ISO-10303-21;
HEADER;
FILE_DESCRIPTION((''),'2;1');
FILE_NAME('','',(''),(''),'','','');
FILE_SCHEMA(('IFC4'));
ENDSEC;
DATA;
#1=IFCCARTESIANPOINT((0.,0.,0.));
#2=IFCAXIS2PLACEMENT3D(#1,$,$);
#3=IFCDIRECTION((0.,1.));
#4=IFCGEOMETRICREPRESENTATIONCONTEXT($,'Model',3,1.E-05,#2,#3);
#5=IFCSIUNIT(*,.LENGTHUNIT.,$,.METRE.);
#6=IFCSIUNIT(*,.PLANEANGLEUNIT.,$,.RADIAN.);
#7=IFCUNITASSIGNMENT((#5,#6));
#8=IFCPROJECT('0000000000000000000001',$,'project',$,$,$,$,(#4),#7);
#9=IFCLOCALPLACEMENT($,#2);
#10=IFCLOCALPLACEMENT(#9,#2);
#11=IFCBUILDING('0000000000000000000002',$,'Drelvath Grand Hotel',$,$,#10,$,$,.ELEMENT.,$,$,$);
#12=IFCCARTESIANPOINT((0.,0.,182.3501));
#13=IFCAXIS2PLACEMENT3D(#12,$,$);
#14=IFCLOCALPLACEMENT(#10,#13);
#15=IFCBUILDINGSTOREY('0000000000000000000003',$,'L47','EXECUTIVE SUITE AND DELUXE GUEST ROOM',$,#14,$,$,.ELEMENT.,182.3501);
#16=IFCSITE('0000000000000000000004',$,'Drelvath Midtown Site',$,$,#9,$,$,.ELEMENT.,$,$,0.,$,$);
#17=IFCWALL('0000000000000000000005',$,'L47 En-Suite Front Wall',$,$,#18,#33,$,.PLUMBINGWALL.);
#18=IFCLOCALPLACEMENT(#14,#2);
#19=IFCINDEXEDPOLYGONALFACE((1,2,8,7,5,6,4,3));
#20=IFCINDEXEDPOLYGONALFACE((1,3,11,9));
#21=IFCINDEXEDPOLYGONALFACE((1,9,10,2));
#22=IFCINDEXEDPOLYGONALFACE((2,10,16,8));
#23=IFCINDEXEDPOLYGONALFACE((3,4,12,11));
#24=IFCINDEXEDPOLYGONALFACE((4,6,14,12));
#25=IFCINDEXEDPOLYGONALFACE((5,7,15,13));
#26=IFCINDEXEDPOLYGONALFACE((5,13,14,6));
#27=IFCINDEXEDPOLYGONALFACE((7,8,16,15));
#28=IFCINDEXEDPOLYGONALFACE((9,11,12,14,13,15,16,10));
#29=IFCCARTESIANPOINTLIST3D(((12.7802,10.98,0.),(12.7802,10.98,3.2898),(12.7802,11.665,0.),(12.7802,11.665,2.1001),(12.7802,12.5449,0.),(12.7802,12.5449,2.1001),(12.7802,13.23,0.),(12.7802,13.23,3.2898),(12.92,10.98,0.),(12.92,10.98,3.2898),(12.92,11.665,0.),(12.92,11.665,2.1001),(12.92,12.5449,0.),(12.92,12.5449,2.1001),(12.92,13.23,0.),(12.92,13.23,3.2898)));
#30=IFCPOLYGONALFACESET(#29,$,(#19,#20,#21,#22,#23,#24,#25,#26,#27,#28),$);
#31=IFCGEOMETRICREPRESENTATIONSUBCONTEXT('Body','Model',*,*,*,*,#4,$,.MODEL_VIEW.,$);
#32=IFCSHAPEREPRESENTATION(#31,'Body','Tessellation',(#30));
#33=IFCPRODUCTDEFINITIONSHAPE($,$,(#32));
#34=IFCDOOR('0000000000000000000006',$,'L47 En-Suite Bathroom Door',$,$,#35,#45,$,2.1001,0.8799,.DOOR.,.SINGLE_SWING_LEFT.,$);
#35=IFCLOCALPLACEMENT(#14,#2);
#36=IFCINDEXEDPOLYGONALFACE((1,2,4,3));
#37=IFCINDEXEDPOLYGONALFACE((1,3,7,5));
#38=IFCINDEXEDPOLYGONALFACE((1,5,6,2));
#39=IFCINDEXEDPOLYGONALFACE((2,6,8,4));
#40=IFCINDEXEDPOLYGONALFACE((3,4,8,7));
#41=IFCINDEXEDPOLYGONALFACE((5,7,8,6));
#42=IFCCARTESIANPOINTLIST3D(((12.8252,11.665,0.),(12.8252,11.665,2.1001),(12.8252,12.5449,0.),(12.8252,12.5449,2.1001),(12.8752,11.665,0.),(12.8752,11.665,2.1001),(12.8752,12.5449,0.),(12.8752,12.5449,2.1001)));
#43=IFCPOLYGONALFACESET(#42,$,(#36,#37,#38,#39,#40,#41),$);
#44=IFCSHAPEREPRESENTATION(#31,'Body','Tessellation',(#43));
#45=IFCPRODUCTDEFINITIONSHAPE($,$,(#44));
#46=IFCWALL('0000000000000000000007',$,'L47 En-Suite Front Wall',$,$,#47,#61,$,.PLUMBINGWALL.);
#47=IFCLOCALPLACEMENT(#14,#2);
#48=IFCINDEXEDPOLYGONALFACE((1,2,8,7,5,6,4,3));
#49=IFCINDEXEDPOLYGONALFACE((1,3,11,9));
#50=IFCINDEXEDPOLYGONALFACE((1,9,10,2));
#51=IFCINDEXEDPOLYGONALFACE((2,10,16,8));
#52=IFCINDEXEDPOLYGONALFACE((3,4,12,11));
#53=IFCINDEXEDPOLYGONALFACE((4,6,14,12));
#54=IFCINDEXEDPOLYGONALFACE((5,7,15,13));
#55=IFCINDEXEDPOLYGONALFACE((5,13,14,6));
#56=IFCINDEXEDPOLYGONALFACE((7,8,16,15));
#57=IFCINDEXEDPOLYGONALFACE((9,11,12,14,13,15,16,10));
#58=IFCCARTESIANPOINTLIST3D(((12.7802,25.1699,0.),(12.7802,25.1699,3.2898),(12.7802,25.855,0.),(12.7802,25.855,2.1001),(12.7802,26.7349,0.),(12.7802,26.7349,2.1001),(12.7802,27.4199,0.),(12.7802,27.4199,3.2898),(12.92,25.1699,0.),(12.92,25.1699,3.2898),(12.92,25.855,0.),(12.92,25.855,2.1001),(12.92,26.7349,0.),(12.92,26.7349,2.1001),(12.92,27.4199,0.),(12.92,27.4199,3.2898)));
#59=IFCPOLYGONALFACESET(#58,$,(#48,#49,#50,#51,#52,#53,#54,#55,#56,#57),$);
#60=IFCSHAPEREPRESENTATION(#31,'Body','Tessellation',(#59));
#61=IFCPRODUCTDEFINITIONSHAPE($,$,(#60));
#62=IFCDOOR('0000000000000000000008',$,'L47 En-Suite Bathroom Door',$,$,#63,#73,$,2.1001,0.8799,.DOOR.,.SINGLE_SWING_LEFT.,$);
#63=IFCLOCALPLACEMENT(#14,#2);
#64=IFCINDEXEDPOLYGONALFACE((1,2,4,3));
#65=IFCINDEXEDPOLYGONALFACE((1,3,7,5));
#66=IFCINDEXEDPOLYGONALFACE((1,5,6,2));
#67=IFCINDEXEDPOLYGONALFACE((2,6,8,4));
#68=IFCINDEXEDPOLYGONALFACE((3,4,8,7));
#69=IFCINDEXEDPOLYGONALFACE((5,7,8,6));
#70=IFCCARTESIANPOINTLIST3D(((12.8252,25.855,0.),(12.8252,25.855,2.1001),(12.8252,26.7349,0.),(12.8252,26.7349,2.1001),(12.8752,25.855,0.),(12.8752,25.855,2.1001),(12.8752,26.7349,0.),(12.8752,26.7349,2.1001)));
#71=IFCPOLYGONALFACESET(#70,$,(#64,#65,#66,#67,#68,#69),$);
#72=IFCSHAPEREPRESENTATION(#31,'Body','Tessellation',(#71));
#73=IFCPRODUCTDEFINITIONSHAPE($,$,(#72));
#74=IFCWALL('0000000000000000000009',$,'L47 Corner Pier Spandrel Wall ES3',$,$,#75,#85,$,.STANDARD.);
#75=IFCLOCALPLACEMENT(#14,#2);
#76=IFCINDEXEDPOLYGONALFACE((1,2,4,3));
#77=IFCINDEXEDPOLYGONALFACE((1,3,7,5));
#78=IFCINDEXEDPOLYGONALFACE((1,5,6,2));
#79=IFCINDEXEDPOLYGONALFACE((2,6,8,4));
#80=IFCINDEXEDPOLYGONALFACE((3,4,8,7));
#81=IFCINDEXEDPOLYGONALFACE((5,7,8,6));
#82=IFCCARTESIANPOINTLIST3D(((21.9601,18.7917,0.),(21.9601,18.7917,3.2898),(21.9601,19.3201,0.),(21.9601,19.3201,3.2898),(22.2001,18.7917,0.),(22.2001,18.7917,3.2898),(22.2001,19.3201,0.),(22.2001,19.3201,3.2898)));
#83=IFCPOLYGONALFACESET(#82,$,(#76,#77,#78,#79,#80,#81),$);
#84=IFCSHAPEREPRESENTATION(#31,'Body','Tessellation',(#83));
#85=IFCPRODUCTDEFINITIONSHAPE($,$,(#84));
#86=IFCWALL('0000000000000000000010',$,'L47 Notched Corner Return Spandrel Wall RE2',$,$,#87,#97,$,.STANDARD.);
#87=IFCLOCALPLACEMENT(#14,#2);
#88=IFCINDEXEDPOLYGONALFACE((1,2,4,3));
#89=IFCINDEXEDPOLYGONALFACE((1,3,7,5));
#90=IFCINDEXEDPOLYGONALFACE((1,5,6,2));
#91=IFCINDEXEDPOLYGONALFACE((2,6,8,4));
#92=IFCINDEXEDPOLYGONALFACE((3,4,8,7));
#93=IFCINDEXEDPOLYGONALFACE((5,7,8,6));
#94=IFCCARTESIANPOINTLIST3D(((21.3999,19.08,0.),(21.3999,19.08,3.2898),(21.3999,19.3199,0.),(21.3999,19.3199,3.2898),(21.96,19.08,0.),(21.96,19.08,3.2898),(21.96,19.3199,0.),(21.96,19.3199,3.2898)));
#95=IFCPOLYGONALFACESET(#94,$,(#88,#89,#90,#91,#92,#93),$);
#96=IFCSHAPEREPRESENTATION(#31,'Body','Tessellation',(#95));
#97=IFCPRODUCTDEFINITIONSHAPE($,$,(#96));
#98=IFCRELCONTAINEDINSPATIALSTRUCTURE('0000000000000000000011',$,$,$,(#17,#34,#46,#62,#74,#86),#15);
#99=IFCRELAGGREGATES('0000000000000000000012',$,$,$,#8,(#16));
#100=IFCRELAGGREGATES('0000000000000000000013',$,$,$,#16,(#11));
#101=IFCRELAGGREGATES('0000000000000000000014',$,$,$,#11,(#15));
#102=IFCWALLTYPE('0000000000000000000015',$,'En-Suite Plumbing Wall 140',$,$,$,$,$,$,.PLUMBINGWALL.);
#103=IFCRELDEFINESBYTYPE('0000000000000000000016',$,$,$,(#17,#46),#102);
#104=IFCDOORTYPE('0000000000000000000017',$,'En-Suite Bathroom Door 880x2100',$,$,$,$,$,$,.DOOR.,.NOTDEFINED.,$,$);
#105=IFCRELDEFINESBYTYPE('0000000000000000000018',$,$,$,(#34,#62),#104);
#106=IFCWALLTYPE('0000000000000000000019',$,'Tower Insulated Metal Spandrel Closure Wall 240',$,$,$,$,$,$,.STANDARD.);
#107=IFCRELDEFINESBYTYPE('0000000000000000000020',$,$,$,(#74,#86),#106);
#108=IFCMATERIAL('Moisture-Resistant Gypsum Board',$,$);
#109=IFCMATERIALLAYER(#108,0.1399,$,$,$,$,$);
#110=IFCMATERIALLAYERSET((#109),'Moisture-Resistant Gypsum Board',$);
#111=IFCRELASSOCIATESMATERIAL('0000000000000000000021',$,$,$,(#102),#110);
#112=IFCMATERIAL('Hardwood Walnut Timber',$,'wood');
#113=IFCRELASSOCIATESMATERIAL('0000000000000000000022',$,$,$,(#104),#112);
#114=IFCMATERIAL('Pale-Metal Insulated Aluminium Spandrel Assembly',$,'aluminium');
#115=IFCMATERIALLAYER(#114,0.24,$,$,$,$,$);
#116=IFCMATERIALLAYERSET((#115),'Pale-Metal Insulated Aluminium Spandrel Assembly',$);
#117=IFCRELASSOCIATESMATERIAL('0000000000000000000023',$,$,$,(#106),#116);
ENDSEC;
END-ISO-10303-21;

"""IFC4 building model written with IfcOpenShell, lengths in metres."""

from ifc_helpers import new_model, si_unit, direction, frame, frame_2d, origin, place, context, subcontext, project, spatial, rectangle, extrude, material, layer, layer_set, type_object, element, fill, save


model = new_model("IFC4")

# Units and contexts
model_context = context("Model", 3, precision=1e-05, world=origin(), true_north=direction((0.0, 1.0)))
body_context = subcontext(model_context, "Body", "Model", "MODEL_VIEW")
ifc_project = project(units=[si_unit("LENGTHUNIT", "METRE"), si_unit("PLANEANGLEUNIT", "RADIAN")], contexts=[model_context])

# Site, building, storey
site_placement = place(None, origin())
site = spatial("IfcSite", under=ifc_project, at=site_placement, Name="Drelvath Midtown Site", CompositionType="ELEMENT", RefElevation=0.0)
building_placement = place(site_placement, origin())
building = spatial("IfcBuilding", under=site, at=building_placement, Name="Drelvath Grand Hotel", CompositionType="ELEMENT")
storey_placement = place(building_placement, frame((0.0, 0.0, 182.3501)))
storey = spatial("IfcBuildingStorey", under=building, at=storey_placement, Name="L47", Description="EXECUTIVE SUITE AND DELUXE GUEST ROOM", CompositionType="ELEMENT", Elevation=182.3501)

# Walls, openings, doors
ifc_material_1 = material(Name="Moisture-Resistant Gypsum Board")
ifc_layer_1 = layer(ifc_material_1, 0.1399)
ifc_layer_set_1 = layer_set([ifc_layer_1], Name="Moisture-Resistant Gypsum Board")
wall_type_1 = type_object("IfcWallType", Name="En-Suite Plumbing Wall 140", PredefinedType="PLUMBINGWALL", material=ifc_layer_set_1)
wall_1_placement = place(storey_placement, frame((12.8501, 10.98, 0.0), z_axis=(0.0, 0.0, 1.0), x_axis=(0.0, 1.0, 0.0)))
wall_1 = element("IfcWall", 1, at=wall_1_placement, inside=storey, type_object=wall_type_1, Name="L47 En-Suite Front Wall", PredefinedType="PLUMBINGWALL", context=body_context, shape_type="SweptSolid", body=[
    extrude(rectangle(XDim=2.25, YDim=0.1399, at=frame_2d((1.125, 0.0))), origin(), (0.0, 0.0, 1.0), 3.2898),
])
opening_1_placement = place(wall_1_placement, frame((0.6851, 0.0, 0.0)))
opening_1 = element("IfcOpeningElement", 2, at=opening_1_placement, cuts=wall_1, PredefinedType="OPENING", context=body_context, shape_type="SweptSolid", body=[
    extrude(rectangle(XDim=0.8799, YDim=2.1001, at=frame_2d((0.4399, 1.05))), frame((0.0, 0.0798, 0.0), z_axis=(0.0, -1.0, 0.0), x_axis=(1.0, 0.0, 0.0)), (0.0, 0.0, 1.0), 0.1599),
])
ifc_material_2 = material(Name="Hardwood Walnut Timber", Category="wood")
door_type = type_object("IfcDoorType", Name="En-Suite Bathroom Door 880x2100", OperationType="NOTDEFINED", PredefinedType="DOOR", material=ifc_material_2)
door_1_placement = place(opening_1_placement, origin())
door_1 = element("IfcDoor", 3, at=door_1_placement, inside=storey, type_object=door_type, Name="L47 En-Suite Bathroom Door", OperationType="SINGLE_SWING_LEFT", OverallHeight=2.1001, OverallWidth=0.8799, PredefinedType="DOOR", context=body_context, shape_type="SweptSolid", body=[
    extrude(rectangle(XDim=0.8799, YDim=2.1001, at=frame_2d((0.4399, 1.05))), frame((0.0, 0.0249, 0.0), z_axis=(0.0, -1.0, 0.0), x_axis=(1.0, 0.0, 0.0)), (0.0, 0.0, 1.0), 0.05),
])
fill(opening_1, door_1)
wall_2_placement = place(storey_placement, frame((12.8501, 25.1699, 0.0), z_axis=(0.0, 0.0, 1.0), x_axis=(0.0, 1.0, 0.0)))
wall_2 = element("IfcWall", 4, at=wall_2_placement, inside=storey, type_object=wall_type_1, Name="L47 En-Suite Front Wall", PredefinedType="PLUMBINGWALL", context=body_context, shape_type="SweptSolid", body=[
    extrude(rectangle(XDim=2.25, YDim=0.1399, at=frame_2d((1.125, 0.0))), origin(), (0.0, 0.0, 1.0), 3.2898),
])
opening_2_placement = place(wall_2_placement, frame((0.6851, 0.0, 0.0)))
opening_2 = element("IfcOpeningElement", 5, at=opening_2_placement, cuts=wall_2, PredefinedType="OPENING", context=body_context, shape_type="SweptSolid", body=[
    extrude(rectangle(XDim=0.8799, YDim=2.1001, at=frame_2d((0.4399, 1.05))), frame((0.0, 0.0798, 0.0), z_axis=(0.0, -1.0, 0.0), x_axis=(1.0, 0.0, 0.0)), (0.0, 0.0, 1.0), 0.1599),
])
door_2_placement = place(opening_2_placement, origin())
door_2 = element("IfcDoor", 6, at=door_2_placement, inside=storey, type_object=door_type, Name="L47 En-Suite Bathroom Door", OperationType="SINGLE_SWING_LEFT", OverallHeight=2.1001, OverallWidth=0.8799, PredefinedType="DOOR", context=body_context, shape_type="SweptSolid", body=[
    extrude(rectangle(XDim=0.8799, YDim=2.1001, at=frame_2d((0.4399, 1.05))), frame((0.0, 0.0249, 0.0), z_axis=(0.0, -1.0, 0.0), x_axis=(1.0, 0.0, 0.0)), (0.0, 0.0, 1.0), 0.05),
])
fill(opening_2, door_2)

# Walls
ifc_material_3 = material(Name="Pale-Metal Insulated Aluminium Spandrel Assembly", Category="aluminium")
ifc_layer_2 = layer(ifc_material_3, 0.24)
ifc_layer_set_2 = layer_set([ifc_layer_2], Name="Pale-Metal Insulated Aluminium Spandrel Assembly")
wall_type_2 = type_object("IfcWallType", Name="Tower Insulated Metal Spandrel Closure Wall 240", PredefinedType="STANDARD", material=ifc_layer_set_2)
wall_3_placement = place(storey_placement, frame((22.0801, 19.3201, 0.0), z_axis=(0.0, 0.0, 1.0), x_axis=(0.0, -1.0, 0.0)))
element("IfcWall", 7, at=wall_3_placement, inside=storey, type_object=wall_type_2, Name="L47 Corner Pier Spandrel Wall ES3", PredefinedType="STANDARD", context=body_context, shape_type="SweptSolid", body=[
    extrude(rectangle(XDim=0.5283, YDim=0.24, at=frame_2d((0.2642, 0.0))), origin(), (0.0, 0.0, 1.0), 3.2898),
])
wall_4_placement = place(storey_placement, frame((21.3999, 19.2, 0.0), z_axis=(0.0, 0.0, 1.0), x_axis=(1.0, 0.0, 0.0)))
element("IfcWall", 8, at=wall_4_placement, inside=storey, type_object=wall_type_2, Name="L47 Notched Corner Return Spandrel Wall RE2", PredefinedType="STANDARD", context=body_context, shape_type="SweptSolid", body=[
    extrude(rectangle(XDim=0.5601, YDim=0.24, at=frame_2d((0.28, 0.0))), origin(), (0.0, 0.0, 1.0), 3.2898),
])

save(model, "model.ifc")
